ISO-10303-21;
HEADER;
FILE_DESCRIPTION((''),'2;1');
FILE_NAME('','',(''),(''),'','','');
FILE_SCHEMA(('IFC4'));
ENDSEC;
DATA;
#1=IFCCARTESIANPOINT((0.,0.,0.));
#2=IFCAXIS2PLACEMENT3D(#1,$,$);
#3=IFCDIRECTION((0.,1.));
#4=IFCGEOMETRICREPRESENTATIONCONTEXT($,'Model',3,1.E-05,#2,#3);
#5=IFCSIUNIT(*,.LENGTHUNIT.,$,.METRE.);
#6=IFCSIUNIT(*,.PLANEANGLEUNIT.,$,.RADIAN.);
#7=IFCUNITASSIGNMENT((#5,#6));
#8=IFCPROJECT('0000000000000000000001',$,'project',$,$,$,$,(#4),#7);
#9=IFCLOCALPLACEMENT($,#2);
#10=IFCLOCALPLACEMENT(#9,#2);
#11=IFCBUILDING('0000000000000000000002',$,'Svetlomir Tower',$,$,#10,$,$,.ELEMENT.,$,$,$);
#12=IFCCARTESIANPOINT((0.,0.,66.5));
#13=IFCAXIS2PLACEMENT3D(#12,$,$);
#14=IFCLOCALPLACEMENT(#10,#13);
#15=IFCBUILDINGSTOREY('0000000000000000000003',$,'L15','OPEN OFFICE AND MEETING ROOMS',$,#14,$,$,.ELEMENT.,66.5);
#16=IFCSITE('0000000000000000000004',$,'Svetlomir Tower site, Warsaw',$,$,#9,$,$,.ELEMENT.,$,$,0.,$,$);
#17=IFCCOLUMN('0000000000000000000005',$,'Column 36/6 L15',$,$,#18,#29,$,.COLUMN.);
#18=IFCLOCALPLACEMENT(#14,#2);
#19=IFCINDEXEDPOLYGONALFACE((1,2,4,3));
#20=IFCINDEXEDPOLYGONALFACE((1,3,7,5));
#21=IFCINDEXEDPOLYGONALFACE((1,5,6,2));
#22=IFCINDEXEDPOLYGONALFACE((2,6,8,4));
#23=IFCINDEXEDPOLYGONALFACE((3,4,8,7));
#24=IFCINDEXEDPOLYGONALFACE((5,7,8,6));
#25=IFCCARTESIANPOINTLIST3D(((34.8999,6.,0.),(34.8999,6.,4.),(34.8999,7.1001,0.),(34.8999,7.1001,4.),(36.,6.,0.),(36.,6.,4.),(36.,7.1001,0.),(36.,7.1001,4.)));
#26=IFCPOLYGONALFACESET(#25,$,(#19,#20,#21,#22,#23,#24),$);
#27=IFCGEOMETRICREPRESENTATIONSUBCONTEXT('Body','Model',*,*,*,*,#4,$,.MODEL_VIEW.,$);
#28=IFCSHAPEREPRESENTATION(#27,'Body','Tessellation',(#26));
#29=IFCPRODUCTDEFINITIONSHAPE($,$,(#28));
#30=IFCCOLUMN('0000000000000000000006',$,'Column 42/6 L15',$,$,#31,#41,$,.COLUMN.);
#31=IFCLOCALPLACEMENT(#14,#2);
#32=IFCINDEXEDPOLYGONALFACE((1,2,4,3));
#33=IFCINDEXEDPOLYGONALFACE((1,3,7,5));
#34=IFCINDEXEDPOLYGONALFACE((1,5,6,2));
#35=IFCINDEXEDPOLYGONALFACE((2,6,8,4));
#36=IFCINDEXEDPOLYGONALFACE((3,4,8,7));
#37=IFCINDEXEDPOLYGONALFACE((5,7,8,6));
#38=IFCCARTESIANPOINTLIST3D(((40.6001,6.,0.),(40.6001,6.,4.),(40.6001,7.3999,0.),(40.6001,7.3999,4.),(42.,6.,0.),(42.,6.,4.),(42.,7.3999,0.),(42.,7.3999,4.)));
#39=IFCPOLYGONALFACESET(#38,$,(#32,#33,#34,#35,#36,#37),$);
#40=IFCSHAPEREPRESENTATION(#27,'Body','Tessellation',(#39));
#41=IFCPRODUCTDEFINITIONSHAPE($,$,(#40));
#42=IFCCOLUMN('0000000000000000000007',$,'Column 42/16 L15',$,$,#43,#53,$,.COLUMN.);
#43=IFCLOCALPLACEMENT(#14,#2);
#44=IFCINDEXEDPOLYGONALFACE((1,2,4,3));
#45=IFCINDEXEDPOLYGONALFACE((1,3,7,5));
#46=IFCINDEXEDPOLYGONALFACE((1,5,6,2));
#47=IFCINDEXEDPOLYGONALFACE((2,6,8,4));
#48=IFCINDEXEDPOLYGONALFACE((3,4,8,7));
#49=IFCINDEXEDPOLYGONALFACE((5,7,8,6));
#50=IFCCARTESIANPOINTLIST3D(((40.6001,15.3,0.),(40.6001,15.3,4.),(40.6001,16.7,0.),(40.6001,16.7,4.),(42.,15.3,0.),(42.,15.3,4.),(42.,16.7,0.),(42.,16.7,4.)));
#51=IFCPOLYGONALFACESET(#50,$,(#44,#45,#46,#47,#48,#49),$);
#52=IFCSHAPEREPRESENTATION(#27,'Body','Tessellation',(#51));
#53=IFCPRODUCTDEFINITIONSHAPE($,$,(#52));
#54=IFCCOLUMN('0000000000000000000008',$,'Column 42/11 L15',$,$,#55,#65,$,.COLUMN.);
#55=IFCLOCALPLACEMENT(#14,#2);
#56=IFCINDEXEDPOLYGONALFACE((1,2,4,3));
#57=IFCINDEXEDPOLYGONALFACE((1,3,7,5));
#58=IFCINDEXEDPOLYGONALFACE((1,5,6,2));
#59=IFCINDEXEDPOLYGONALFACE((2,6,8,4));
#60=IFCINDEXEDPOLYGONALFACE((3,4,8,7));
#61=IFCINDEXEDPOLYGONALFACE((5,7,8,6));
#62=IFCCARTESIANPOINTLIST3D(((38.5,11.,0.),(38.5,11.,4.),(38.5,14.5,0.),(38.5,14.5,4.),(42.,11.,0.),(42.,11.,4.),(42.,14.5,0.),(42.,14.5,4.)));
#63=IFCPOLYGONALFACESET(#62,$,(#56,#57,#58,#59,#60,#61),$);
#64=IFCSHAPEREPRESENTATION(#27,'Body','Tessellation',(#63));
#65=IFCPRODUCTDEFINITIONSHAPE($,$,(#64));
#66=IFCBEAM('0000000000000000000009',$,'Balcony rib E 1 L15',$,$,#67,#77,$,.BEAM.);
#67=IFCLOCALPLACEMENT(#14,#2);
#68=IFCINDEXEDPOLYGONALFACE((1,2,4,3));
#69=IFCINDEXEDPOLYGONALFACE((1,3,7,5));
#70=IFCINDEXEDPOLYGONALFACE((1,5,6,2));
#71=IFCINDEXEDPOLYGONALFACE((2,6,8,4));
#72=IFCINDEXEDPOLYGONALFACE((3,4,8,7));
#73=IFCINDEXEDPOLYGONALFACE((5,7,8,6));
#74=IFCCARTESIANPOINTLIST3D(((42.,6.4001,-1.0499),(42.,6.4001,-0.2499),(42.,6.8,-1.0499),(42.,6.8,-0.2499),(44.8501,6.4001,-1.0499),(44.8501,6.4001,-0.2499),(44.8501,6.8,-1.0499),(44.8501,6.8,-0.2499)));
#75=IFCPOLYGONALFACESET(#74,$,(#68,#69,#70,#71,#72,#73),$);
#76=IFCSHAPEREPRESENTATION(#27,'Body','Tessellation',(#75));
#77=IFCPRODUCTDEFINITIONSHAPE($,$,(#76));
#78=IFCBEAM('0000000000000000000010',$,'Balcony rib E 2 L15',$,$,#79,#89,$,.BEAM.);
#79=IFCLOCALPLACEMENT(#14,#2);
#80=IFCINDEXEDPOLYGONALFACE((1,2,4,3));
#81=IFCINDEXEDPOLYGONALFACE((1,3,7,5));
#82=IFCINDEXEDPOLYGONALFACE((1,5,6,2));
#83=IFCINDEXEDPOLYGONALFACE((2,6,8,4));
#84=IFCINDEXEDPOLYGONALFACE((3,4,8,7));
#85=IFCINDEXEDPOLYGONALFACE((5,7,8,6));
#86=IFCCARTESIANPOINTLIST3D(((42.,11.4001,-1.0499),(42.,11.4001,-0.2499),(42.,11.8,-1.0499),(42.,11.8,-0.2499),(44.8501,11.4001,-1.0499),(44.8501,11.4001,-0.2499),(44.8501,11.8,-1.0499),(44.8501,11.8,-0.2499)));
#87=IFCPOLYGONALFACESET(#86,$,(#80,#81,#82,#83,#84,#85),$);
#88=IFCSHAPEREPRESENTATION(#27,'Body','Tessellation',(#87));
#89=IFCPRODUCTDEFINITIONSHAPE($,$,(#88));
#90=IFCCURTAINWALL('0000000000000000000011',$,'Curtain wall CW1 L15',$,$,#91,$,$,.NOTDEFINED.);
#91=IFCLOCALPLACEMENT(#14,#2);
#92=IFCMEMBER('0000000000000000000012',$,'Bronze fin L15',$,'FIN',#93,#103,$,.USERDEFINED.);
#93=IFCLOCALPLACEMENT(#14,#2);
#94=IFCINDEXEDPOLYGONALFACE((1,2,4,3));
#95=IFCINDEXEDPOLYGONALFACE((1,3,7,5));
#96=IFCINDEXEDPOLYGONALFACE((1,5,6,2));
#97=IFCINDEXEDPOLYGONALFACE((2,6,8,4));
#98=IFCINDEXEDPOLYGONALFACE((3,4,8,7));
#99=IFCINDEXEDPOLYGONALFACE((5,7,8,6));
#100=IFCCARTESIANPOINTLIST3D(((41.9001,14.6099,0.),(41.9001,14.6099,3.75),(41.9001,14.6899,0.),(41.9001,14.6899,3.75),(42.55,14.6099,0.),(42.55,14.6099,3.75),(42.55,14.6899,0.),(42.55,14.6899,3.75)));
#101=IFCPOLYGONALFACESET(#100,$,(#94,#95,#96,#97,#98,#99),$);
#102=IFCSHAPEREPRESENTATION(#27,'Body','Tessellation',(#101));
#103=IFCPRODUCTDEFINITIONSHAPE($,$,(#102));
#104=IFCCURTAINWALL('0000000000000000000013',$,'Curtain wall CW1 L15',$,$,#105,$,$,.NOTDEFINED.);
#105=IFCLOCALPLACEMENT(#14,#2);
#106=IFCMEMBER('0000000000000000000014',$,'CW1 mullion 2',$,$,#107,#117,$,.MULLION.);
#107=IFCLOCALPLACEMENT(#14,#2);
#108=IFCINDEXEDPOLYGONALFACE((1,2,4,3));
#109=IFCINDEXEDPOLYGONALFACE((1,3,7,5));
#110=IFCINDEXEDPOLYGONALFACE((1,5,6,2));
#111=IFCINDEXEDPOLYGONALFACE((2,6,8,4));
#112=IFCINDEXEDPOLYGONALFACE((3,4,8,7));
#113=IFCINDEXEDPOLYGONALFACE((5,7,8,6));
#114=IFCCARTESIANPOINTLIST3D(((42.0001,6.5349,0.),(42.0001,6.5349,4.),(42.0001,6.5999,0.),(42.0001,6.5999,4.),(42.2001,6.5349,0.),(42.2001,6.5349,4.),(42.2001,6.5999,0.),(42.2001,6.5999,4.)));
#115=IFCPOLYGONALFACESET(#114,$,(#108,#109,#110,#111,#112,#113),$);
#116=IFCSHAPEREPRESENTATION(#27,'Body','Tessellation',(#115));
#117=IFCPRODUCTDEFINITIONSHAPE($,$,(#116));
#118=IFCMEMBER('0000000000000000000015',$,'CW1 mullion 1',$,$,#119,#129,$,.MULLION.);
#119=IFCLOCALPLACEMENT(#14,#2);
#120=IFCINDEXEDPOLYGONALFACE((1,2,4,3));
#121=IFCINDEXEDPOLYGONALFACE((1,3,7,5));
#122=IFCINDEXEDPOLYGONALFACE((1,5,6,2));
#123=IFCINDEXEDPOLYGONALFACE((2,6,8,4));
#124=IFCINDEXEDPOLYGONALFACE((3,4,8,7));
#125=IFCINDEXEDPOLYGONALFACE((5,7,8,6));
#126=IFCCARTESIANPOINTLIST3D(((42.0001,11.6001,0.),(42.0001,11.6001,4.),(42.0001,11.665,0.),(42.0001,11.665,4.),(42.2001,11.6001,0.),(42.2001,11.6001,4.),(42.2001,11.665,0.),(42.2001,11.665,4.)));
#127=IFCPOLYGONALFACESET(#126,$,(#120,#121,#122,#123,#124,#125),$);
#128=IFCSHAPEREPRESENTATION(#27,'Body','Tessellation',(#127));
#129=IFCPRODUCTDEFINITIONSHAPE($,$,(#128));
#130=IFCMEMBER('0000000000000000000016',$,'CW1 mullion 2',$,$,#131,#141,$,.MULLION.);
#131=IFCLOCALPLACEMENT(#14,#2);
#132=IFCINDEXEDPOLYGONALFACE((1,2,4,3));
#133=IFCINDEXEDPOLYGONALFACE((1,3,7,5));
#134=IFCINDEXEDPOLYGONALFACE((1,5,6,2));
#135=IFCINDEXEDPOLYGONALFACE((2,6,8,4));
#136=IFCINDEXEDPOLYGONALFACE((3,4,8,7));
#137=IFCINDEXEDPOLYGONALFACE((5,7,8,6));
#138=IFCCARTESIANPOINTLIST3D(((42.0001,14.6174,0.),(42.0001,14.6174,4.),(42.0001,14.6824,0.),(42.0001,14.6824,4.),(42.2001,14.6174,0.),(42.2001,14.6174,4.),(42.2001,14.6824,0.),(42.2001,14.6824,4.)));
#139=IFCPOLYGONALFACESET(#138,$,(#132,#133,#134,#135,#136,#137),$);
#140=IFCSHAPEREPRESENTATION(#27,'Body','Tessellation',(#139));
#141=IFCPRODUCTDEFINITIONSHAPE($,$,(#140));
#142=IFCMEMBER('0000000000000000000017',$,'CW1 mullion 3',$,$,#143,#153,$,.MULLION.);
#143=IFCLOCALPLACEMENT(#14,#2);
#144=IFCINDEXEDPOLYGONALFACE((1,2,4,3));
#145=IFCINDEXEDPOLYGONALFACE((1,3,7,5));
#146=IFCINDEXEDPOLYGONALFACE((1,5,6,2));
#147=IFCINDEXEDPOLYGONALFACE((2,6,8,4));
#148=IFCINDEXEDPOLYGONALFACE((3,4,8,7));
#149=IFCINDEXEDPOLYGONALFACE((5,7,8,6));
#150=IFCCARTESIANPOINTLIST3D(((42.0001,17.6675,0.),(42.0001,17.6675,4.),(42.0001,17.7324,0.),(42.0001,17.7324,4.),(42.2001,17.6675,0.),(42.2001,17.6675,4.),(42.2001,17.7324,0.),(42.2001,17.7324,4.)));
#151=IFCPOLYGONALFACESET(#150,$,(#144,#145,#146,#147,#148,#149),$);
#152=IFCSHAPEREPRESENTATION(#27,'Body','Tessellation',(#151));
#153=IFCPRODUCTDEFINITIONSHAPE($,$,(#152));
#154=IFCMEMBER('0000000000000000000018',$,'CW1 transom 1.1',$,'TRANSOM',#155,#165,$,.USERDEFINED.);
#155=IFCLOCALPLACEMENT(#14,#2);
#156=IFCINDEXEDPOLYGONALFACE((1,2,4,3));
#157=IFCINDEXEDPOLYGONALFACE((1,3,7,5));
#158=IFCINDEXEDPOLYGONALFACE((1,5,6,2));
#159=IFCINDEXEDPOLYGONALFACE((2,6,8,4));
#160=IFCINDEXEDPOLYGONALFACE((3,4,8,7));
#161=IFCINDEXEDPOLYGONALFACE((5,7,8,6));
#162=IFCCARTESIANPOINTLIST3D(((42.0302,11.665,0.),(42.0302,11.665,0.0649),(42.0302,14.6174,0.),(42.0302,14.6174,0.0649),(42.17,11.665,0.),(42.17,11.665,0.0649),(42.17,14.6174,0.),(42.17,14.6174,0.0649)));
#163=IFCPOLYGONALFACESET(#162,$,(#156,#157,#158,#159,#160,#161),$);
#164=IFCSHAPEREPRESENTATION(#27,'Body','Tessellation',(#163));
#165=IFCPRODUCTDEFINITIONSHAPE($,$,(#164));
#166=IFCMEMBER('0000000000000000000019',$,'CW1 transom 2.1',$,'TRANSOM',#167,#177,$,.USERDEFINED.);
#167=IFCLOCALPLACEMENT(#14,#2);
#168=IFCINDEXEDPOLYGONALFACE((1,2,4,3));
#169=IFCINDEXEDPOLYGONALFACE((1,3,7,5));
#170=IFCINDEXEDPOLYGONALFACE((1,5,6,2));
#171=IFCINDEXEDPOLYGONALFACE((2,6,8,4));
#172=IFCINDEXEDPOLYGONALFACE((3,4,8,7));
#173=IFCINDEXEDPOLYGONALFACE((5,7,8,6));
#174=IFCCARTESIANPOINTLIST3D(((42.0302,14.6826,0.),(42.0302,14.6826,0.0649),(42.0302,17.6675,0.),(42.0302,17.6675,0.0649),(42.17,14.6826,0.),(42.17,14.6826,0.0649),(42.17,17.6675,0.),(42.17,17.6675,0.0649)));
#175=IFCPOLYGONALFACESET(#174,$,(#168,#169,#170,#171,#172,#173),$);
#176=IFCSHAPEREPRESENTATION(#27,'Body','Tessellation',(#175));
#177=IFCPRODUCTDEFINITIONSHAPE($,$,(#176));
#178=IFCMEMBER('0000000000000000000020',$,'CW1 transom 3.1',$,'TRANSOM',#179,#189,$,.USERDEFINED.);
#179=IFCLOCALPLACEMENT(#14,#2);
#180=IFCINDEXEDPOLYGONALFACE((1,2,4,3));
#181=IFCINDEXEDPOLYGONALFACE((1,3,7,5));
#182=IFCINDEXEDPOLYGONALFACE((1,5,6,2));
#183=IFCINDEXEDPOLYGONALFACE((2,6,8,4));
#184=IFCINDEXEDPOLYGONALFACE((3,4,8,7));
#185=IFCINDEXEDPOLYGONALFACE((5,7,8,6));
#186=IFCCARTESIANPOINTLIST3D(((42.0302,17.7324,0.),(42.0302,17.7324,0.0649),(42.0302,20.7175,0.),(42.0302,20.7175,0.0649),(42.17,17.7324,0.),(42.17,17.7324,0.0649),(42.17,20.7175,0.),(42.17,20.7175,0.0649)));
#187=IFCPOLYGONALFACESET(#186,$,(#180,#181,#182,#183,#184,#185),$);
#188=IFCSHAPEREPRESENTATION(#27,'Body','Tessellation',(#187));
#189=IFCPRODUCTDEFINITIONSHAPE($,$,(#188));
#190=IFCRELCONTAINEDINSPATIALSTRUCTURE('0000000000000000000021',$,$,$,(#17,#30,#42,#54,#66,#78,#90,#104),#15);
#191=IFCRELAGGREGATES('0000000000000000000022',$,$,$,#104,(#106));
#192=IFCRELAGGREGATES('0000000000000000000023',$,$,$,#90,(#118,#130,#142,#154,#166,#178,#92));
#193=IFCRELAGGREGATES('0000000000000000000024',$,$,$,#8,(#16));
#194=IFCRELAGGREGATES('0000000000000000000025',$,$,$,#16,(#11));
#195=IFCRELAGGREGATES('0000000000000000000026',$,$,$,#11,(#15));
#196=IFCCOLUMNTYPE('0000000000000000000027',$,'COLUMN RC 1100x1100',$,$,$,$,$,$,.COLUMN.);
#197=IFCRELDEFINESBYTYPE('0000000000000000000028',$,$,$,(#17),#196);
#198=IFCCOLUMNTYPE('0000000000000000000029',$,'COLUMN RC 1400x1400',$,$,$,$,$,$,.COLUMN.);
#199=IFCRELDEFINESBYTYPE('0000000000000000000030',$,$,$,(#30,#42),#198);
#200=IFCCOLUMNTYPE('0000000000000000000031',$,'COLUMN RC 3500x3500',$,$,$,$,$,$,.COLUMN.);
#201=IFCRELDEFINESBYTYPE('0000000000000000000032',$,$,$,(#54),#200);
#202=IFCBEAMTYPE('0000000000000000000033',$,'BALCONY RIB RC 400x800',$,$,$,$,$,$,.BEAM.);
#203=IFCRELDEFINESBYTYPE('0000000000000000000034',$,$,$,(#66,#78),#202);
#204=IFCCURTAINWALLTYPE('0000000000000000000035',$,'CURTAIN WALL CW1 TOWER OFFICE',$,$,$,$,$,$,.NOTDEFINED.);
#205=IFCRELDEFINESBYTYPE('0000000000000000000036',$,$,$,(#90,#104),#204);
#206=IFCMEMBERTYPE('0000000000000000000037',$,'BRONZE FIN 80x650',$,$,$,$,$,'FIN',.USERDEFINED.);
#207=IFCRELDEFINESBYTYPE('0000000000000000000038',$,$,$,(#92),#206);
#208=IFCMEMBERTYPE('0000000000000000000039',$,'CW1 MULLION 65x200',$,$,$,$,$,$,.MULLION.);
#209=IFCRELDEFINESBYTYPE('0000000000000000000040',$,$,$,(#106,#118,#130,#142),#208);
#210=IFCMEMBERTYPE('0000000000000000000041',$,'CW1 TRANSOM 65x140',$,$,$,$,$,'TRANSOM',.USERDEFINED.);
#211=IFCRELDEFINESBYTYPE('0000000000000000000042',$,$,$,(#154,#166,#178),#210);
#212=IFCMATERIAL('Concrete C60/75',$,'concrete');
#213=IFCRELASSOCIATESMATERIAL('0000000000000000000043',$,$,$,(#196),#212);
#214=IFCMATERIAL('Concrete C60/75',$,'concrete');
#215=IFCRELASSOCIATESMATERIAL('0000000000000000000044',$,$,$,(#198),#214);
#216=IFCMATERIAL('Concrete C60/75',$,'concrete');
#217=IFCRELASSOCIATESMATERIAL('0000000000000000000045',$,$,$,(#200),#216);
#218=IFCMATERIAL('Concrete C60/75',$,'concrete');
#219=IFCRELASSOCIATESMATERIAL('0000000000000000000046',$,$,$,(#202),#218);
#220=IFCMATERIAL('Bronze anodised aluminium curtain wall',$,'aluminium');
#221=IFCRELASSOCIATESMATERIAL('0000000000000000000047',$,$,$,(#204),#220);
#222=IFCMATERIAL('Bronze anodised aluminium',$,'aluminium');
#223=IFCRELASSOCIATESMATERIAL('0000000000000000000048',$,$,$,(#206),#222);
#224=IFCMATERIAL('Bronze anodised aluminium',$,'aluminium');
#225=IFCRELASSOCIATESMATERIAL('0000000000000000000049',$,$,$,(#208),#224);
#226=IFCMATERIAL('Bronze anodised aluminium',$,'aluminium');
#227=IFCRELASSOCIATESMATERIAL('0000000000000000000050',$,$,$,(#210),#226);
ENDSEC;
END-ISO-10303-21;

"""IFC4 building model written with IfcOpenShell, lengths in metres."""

from ifc_helpers import new_model, si_unit, direction, frame, origin, origin_2d, place, context, subcontext, project, spatial, rectangle, extrude, material, material_profile, profile_set, type_object, element, aggregate, save


model = new_model("IFC4")

# Units and contexts
model_context = context("Model", 3, precision=1e-05, world=origin(), true_north=direction((0.0, 1.0)))
body_context = subcontext(model_context, "Body", "Model", "MODEL_VIEW")
ifc_project = project(units=[si_unit("LENGTHUNIT", "METRE"), si_unit("PLANEANGLEUNIT", "RADIAN")], contexts=[model_context])

# Site, building, storey
site_placement = place(None, origin())
site = spatial("IfcSite", under=ifc_project, at=site_placement, Name="Svetlomir Tower site, Warsaw", CompositionType="ELEMENT", RefElevation=0.0)
building_placement = place(site_placement, origin())
building = spatial("IfcBuilding", under=site, at=building_placement, Name="Svetlomir Tower", CompositionType="ELEMENT")
storey_placement = place(building_placement, frame((0.0, 0.0, 66.5)))
storey = spatial("IfcBuildingStorey", under=building, at=storey_placement, Name="L15", Description="OPEN OFFICE AND MEETING ROOMS", CompositionType="ELEMENT", Elevation=66.5)

# Columns
ifc_material_1 = material(Name="Concrete C60/75", Category="concrete")
ifc_material_profile_1 = material_profile(ifc_material_1, rectangle(XDim=1.1001, YDim=1.1001, at=origin_2d()), Name="RC 1100x1100")
ifc_profile_set_1 = profile_set([ifc_material_profile_1], Name="Concrete C60/75")
column_type_1 = type_object("IfcColumnType", Name="COLUMN RC 1100x1100", PredefinedType="COLUMN", material=ifc_profile_set_1)
column_1_placement = place(storey_placement, frame((35.45, 6.55, 0.0), z_axis=(0.0, 0.0, 1.0), x_axis=(1.0, 0.0, 0.0)))
element("IfcColumn", 1, at=column_1_placement, inside=storey, type_object=column_type_1, Name="Column 36/6 L15", PredefinedType="COLUMN", context=body_context, shape_type="SweptSolid", body=[
    extrude(rectangle(XDim=1.1001, YDim=1.1001, at=origin_2d()), origin(), (0.0, 0.0, 1.0), 4.0),
])
ifc_material_2 = material(Name="Concrete C60/75", Category="concrete")
ifc_material_profile_2 = material_profile(ifc_material_2, rectangle(XDim=1.3999, YDim=1.3999, at=origin_2d()), Name="RC 1400x1400")
ifc_profile_set_2 = profile_set([ifc_material_profile_2], Name="Concrete C60/75")
column_type_2 = type_object("IfcColumnType", Name="COLUMN RC 1400x1400", PredefinedType="COLUMN", material=ifc_profile_set_2)
for number, where, z_axis, x_axis, name in (
    (2, (41.3, 6.7, 0.0), (0.0, 0.0, 1.0), (1.0, 0.0, 0.0), "Column 42/6 L15"),
    (3, (41.3, 16.0, 0.0), (0.0, 0.0, 1.0), (1.0, 0.0, 0.0), "Column 42/16 L15"),
):
    element("IfcColumn", number, at=place(storey_placement, frame(where, z_axis=z_axis, x_axis=x_axis)), inside=storey, type_object=column_type_2, Name=name, PredefinedType="COLUMN", context=body_context, shape_type="SweptSolid", body=[
        extrude(rectangle(XDim=1.3999, YDim=1.3999, at=origin_2d()), origin(), (0.0, 0.0, 1.0), 4.0),
    ])
ifc_material_3 = material(Name="Concrete C60/75", Category="concrete")
ifc_material_profile_3 = material_profile(ifc_material_3, rectangle(XDim=3.5, YDim=3.5, at=origin_2d()), Name="RC 3500x3500")
ifc_profile_set_3 = profile_set([ifc_material_profile_3], Name="Concrete C60/75")
column_type_3 = type_object("IfcColumnType", Name="COLUMN RC 3500x3500", PredefinedType="COLUMN", material=ifc_profile_set_3)
column_2_placement = place(storey_placement, frame((40.25, 12.75, 0.0), z_axis=(0.0, 0.0, 1.0), x_axis=(1.0, 0.0, 0.0)))
element("IfcColumn", 4, at=column_2_placement, inside=storey, type_object=column_type_3, Name="Column 42/11 L15", PredefinedType="COLUMN", context=body_context, shape_type="SweptSolid", body=[
    extrude(rectangle(XDim=3.5, YDim=3.5, at=origin_2d()), origin(), (0.0, 0.0, 1.0), 4.0),
])

# Beams
ifc_material_4 = material(Name="Concrete C60/75", Category="concrete")
ifc_material_profile_4 = material_profile(ifc_material_4, rectangle(XDim=0.3999, YDim=0.8, at=origin_2d()), Name="RC 400x800")
ifc_profile_set_4 = profile_set([ifc_material_profile_4], Name="Concrete C60/75")
beam_type_1 = type_object("IfcBeamType", Name="BALCONY RIB RC 400x800", PredefinedType="BEAM", material=ifc_profile_set_4)
for number, where, z_axis, x_axis, name in (
    (5, (42.0, 6.6001, -0.6499), (1.0, 0.0, 0.0), (0.0, 1.0, 0.0), "Balcony rib E 1 L15"),
    (6, (42.0, 11.6001, -0.6499), (1.0, 0.0, 0.0), (0.0, 1.0, 0.0), "Balcony rib E 2 L15"),
):
    element("IfcBeam", number, at=place(storey_placement, frame(where, z_axis=z_axis, x_axis=x_axis)), inside=storey, type_object=beam_type_1, Name=name, PredefinedType="BEAM", context=body_context, shape_type="SweptSolid", body=[
        extrude(rectangle(XDim=0.3999, YDim=0.8, at=origin_2d()), origin(), (0.0, 0.0, 1.0), 2.8501),
    ])

# Curtain walls, members
ifc_material_5 = material(Name="Bronze anodised aluminium curtain wall", Category="aluminium")
curtain_wall_type = type_object("IfcCurtainWallType", Name="CURTAIN WALL CW1 TOWER OFFICE", PredefinedType="NOTDEFINED", material=ifc_material_5)
curtain_wall_1_placement = place(storey_placement, origin())
curtain_wall_1 = element("IfcCurtainWall", 7, at=curtain_wall_1_placement, inside=storey, type_object=curtain_wall_type, Name="Curtain wall CW1 L15", PredefinedType="NOTDEFINED")
ifc_material_6 = material(Name="Bronze anodised aluminium", Category="aluminium")
ifc_material_profile_5 = material_profile(ifc_material_6, rectangle(XDim=0.0801, YDim=0.6499, at=origin_2d()), Name="FIN 80x650")
ifc_profile_set_5 = profile_set([ifc_material_profile_5], Name="Bronze anodised aluminium 6063-T6")
member_type_1 = type_object("IfcMemberType", Name="BRONZE FIN 80x650", ElementType="FIN", PredefinedType="USERDEFINED", material=ifc_profile_set_5)
member_1_placement = place(storey_placement, frame((42.2251, 14.6499, 0.0), z_axis=(0.0, 0.0, 1.0), x_axis=(0.0, 1.0, 0.0)))
member_1 = element("IfcMember", 8, at=member_1_placement, type_object=member_type_1, Name="Bronze fin L15", ObjectType="FIN", PredefinedType="USERDEFINED", context=body_context, shape_type="SweptSolid", body=[
    extrude(rectangle(XDim=0.0801, YDim=0.6499, at=origin_2d()), origin(), (0.0, 0.0, 1.0), 3.75),
])
curtain_wall_2_placement = place(storey_placement, origin())
curtain_wall_2 = element("IfcCurtainWall", 9, at=curtain_wall_2_placement, inside=storey, type_object=curtain_wall_type, Name="Curtain wall CW1 L15", PredefinedType="NOTDEFINED")
ifc_material_7 = material(Name="Bronze anodised aluminium", Category="aluminium")
ifc_material_profile_6 = material_profile(ifc_material_7, rectangle(XDim=0.0649, YDim=0.2, at=origin_2d()), Name="AL 65x200")
ifc_profile_set_6 = profile_set([ifc_material_profile_6], Name="Bronze anodised aluminium 6063-T6")
member_type_2 = type_object("IfcMemberType", Name="CW1 MULLION 65x200", PredefinedType="MULLION", material=ifc_profile_set_6)
member_2_placement = place(storey_placement, frame((42.1001, 6.5674, 0.0), z_axis=(0.0, 0.0, 1.0), x_axis=(0.0, 1.0, 0.0)))
member_2 = element("IfcMember", 10, at=member_2_placement, type_object=member_type_2, Name="CW1 mullion 2", PredefinedType="MULLION", context=body_context, shape_type="SweptSolid", body=[
    extrude(rectangle(XDim=0.0649, YDim=0.2, at=origin_2d()), origin(), (0.0, 0.0, 1.0), 4.0),
])
aggregate(curtain_wall_2, [member_2])

# Members
member_3_placement = place(storey_placement, frame((42.1001, 11.6326, 0.0), z_axis=(0.0, 0.0, 1.0), x_axis=(0.0, 1.0, 0.0)))
member_3 = element("IfcMember", 11, at=member_3_placement, type_object=member_type_2, Name="CW1 mullion 1", PredefinedType="MULLION", context=body_context, shape_type="SweptSolid", body=[
    extrude(rectangle(XDim=0.0649, YDim=0.2, at=origin_2d()), origin(), (0.0, 0.0, 1.0), 4.0),
])
member_4_placement = place(storey_placement, frame((42.1001, 14.6499, 0.0), z_axis=(0.0, 0.0, 1.0), x_axis=(0.0, 1.0, 0.0)))
member_4 = element("IfcMember", 12, at=member_4_placement, type_object=member_type_2, Name="CW1 mullion 2", PredefinedType="MULLION", context=body_context, shape_type="SweptSolid", body=[
    extrude(rectangle(XDim=0.0649, YDim=0.2, at=origin_2d()), origin(), (0.0, 0.0, 1.0), 4.0),
])
member_5_placement = place(storey_placement, frame((42.1001, 17.7, 0.0), z_axis=(0.0, 0.0, 1.0), x_axis=(0.0, 1.0, 0.0)))
member_5 = element("IfcMember", 13, at=member_5_placement, type_object=member_type_2, Name="CW1 mullion 3", PredefinedType="MULLION", context=body_context, shape_type="SweptSolid", body=[
    extrude(rectangle(XDim=0.0649, YDim=0.2, at=origin_2d()), origin(), (0.0, 0.0, 1.0), 4.0),
])
ifc_material_8 = material(Name="Bronze anodised aluminium", Category="aluminium")
ifc_material_profile_7 = material_profile(ifc_material_8, rectangle(XDim=0.1399, YDim=0.0649, at=origin_2d()), Name="AL 140x65")
ifc_profile_set_7 = profile_set([ifc_material_profile_7], Name="Bronze anodised aluminium 6063-T6")
member_type_3 = type_object("IfcMemberType", Name="CW1 TRANSOM 65x140", ElementType="TRANSOM", PredefinedType="USERDEFINED", material=ifc_profile_set_7)
member_6_placement = place(storey_placement, frame((42.1001, 11.665, 0.0325), z_axis=(0.0, 1.0, 0.0), x_axis=(-1.0, 0.0, 0.0)))
member_6 = element("IfcMember", 14, at=member_6_placement, type_object=member_type_3, Name="CW1 transom 1.1", ObjectType="TRANSOM", PredefinedType="USERDEFINED", context=body_context, shape_type="SweptSolid", body=[
    extrude(rectangle(XDim=0.1399, YDim=0.0649, at=origin_2d()), origin(), (0.0, 0.0, 1.0), 2.9524),
])
member_7_placement = place(storey_placement, frame((42.1001, 14.6826, 0.0325), z_axis=(0.0, 1.0, 0.0), x_axis=(-1.0, 0.0, 0.0)))
member_7 = element("IfcMember", 15, at=member_7_placement, type_object=member_type_3, Name="CW1 transom 2.1", ObjectType="TRANSOM", PredefinedType="USERDEFINED", context=body_context, shape_type="SweptSolid", body=[
    extrude(rectangle(XDim=0.1399, YDim=0.0649, at=origin_2d()), origin(), (0.0, 0.0, 1.0), 2.9849),
])
member_8_placement = place(storey_placement, frame((42.1001, 17.7324, 0.0325), z_axis=(0.0, 1.0, 0.0), x_axis=(-1.0, 0.0, 0.0)))
member_8 = element("IfcMember", 16, at=member_8_placement, type_object=member_type_3, Name="CW1 transom 3.1", ObjectType="TRANSOM", PredefinedType="USERDEFINED", context=body_context, shape_type="SweptSolid", body=[
    extrude(rectangle(XDim=0.1399, YDim=0.0649, at=origin_2d()), origin(), (0.0, 0.0, 1.0), 2.9851),
])

aggregate(curtain_wall_1, [member_3, member_4, member_5, member_6, member_7, member_8, member_1])

save(model, "model.ifc")
